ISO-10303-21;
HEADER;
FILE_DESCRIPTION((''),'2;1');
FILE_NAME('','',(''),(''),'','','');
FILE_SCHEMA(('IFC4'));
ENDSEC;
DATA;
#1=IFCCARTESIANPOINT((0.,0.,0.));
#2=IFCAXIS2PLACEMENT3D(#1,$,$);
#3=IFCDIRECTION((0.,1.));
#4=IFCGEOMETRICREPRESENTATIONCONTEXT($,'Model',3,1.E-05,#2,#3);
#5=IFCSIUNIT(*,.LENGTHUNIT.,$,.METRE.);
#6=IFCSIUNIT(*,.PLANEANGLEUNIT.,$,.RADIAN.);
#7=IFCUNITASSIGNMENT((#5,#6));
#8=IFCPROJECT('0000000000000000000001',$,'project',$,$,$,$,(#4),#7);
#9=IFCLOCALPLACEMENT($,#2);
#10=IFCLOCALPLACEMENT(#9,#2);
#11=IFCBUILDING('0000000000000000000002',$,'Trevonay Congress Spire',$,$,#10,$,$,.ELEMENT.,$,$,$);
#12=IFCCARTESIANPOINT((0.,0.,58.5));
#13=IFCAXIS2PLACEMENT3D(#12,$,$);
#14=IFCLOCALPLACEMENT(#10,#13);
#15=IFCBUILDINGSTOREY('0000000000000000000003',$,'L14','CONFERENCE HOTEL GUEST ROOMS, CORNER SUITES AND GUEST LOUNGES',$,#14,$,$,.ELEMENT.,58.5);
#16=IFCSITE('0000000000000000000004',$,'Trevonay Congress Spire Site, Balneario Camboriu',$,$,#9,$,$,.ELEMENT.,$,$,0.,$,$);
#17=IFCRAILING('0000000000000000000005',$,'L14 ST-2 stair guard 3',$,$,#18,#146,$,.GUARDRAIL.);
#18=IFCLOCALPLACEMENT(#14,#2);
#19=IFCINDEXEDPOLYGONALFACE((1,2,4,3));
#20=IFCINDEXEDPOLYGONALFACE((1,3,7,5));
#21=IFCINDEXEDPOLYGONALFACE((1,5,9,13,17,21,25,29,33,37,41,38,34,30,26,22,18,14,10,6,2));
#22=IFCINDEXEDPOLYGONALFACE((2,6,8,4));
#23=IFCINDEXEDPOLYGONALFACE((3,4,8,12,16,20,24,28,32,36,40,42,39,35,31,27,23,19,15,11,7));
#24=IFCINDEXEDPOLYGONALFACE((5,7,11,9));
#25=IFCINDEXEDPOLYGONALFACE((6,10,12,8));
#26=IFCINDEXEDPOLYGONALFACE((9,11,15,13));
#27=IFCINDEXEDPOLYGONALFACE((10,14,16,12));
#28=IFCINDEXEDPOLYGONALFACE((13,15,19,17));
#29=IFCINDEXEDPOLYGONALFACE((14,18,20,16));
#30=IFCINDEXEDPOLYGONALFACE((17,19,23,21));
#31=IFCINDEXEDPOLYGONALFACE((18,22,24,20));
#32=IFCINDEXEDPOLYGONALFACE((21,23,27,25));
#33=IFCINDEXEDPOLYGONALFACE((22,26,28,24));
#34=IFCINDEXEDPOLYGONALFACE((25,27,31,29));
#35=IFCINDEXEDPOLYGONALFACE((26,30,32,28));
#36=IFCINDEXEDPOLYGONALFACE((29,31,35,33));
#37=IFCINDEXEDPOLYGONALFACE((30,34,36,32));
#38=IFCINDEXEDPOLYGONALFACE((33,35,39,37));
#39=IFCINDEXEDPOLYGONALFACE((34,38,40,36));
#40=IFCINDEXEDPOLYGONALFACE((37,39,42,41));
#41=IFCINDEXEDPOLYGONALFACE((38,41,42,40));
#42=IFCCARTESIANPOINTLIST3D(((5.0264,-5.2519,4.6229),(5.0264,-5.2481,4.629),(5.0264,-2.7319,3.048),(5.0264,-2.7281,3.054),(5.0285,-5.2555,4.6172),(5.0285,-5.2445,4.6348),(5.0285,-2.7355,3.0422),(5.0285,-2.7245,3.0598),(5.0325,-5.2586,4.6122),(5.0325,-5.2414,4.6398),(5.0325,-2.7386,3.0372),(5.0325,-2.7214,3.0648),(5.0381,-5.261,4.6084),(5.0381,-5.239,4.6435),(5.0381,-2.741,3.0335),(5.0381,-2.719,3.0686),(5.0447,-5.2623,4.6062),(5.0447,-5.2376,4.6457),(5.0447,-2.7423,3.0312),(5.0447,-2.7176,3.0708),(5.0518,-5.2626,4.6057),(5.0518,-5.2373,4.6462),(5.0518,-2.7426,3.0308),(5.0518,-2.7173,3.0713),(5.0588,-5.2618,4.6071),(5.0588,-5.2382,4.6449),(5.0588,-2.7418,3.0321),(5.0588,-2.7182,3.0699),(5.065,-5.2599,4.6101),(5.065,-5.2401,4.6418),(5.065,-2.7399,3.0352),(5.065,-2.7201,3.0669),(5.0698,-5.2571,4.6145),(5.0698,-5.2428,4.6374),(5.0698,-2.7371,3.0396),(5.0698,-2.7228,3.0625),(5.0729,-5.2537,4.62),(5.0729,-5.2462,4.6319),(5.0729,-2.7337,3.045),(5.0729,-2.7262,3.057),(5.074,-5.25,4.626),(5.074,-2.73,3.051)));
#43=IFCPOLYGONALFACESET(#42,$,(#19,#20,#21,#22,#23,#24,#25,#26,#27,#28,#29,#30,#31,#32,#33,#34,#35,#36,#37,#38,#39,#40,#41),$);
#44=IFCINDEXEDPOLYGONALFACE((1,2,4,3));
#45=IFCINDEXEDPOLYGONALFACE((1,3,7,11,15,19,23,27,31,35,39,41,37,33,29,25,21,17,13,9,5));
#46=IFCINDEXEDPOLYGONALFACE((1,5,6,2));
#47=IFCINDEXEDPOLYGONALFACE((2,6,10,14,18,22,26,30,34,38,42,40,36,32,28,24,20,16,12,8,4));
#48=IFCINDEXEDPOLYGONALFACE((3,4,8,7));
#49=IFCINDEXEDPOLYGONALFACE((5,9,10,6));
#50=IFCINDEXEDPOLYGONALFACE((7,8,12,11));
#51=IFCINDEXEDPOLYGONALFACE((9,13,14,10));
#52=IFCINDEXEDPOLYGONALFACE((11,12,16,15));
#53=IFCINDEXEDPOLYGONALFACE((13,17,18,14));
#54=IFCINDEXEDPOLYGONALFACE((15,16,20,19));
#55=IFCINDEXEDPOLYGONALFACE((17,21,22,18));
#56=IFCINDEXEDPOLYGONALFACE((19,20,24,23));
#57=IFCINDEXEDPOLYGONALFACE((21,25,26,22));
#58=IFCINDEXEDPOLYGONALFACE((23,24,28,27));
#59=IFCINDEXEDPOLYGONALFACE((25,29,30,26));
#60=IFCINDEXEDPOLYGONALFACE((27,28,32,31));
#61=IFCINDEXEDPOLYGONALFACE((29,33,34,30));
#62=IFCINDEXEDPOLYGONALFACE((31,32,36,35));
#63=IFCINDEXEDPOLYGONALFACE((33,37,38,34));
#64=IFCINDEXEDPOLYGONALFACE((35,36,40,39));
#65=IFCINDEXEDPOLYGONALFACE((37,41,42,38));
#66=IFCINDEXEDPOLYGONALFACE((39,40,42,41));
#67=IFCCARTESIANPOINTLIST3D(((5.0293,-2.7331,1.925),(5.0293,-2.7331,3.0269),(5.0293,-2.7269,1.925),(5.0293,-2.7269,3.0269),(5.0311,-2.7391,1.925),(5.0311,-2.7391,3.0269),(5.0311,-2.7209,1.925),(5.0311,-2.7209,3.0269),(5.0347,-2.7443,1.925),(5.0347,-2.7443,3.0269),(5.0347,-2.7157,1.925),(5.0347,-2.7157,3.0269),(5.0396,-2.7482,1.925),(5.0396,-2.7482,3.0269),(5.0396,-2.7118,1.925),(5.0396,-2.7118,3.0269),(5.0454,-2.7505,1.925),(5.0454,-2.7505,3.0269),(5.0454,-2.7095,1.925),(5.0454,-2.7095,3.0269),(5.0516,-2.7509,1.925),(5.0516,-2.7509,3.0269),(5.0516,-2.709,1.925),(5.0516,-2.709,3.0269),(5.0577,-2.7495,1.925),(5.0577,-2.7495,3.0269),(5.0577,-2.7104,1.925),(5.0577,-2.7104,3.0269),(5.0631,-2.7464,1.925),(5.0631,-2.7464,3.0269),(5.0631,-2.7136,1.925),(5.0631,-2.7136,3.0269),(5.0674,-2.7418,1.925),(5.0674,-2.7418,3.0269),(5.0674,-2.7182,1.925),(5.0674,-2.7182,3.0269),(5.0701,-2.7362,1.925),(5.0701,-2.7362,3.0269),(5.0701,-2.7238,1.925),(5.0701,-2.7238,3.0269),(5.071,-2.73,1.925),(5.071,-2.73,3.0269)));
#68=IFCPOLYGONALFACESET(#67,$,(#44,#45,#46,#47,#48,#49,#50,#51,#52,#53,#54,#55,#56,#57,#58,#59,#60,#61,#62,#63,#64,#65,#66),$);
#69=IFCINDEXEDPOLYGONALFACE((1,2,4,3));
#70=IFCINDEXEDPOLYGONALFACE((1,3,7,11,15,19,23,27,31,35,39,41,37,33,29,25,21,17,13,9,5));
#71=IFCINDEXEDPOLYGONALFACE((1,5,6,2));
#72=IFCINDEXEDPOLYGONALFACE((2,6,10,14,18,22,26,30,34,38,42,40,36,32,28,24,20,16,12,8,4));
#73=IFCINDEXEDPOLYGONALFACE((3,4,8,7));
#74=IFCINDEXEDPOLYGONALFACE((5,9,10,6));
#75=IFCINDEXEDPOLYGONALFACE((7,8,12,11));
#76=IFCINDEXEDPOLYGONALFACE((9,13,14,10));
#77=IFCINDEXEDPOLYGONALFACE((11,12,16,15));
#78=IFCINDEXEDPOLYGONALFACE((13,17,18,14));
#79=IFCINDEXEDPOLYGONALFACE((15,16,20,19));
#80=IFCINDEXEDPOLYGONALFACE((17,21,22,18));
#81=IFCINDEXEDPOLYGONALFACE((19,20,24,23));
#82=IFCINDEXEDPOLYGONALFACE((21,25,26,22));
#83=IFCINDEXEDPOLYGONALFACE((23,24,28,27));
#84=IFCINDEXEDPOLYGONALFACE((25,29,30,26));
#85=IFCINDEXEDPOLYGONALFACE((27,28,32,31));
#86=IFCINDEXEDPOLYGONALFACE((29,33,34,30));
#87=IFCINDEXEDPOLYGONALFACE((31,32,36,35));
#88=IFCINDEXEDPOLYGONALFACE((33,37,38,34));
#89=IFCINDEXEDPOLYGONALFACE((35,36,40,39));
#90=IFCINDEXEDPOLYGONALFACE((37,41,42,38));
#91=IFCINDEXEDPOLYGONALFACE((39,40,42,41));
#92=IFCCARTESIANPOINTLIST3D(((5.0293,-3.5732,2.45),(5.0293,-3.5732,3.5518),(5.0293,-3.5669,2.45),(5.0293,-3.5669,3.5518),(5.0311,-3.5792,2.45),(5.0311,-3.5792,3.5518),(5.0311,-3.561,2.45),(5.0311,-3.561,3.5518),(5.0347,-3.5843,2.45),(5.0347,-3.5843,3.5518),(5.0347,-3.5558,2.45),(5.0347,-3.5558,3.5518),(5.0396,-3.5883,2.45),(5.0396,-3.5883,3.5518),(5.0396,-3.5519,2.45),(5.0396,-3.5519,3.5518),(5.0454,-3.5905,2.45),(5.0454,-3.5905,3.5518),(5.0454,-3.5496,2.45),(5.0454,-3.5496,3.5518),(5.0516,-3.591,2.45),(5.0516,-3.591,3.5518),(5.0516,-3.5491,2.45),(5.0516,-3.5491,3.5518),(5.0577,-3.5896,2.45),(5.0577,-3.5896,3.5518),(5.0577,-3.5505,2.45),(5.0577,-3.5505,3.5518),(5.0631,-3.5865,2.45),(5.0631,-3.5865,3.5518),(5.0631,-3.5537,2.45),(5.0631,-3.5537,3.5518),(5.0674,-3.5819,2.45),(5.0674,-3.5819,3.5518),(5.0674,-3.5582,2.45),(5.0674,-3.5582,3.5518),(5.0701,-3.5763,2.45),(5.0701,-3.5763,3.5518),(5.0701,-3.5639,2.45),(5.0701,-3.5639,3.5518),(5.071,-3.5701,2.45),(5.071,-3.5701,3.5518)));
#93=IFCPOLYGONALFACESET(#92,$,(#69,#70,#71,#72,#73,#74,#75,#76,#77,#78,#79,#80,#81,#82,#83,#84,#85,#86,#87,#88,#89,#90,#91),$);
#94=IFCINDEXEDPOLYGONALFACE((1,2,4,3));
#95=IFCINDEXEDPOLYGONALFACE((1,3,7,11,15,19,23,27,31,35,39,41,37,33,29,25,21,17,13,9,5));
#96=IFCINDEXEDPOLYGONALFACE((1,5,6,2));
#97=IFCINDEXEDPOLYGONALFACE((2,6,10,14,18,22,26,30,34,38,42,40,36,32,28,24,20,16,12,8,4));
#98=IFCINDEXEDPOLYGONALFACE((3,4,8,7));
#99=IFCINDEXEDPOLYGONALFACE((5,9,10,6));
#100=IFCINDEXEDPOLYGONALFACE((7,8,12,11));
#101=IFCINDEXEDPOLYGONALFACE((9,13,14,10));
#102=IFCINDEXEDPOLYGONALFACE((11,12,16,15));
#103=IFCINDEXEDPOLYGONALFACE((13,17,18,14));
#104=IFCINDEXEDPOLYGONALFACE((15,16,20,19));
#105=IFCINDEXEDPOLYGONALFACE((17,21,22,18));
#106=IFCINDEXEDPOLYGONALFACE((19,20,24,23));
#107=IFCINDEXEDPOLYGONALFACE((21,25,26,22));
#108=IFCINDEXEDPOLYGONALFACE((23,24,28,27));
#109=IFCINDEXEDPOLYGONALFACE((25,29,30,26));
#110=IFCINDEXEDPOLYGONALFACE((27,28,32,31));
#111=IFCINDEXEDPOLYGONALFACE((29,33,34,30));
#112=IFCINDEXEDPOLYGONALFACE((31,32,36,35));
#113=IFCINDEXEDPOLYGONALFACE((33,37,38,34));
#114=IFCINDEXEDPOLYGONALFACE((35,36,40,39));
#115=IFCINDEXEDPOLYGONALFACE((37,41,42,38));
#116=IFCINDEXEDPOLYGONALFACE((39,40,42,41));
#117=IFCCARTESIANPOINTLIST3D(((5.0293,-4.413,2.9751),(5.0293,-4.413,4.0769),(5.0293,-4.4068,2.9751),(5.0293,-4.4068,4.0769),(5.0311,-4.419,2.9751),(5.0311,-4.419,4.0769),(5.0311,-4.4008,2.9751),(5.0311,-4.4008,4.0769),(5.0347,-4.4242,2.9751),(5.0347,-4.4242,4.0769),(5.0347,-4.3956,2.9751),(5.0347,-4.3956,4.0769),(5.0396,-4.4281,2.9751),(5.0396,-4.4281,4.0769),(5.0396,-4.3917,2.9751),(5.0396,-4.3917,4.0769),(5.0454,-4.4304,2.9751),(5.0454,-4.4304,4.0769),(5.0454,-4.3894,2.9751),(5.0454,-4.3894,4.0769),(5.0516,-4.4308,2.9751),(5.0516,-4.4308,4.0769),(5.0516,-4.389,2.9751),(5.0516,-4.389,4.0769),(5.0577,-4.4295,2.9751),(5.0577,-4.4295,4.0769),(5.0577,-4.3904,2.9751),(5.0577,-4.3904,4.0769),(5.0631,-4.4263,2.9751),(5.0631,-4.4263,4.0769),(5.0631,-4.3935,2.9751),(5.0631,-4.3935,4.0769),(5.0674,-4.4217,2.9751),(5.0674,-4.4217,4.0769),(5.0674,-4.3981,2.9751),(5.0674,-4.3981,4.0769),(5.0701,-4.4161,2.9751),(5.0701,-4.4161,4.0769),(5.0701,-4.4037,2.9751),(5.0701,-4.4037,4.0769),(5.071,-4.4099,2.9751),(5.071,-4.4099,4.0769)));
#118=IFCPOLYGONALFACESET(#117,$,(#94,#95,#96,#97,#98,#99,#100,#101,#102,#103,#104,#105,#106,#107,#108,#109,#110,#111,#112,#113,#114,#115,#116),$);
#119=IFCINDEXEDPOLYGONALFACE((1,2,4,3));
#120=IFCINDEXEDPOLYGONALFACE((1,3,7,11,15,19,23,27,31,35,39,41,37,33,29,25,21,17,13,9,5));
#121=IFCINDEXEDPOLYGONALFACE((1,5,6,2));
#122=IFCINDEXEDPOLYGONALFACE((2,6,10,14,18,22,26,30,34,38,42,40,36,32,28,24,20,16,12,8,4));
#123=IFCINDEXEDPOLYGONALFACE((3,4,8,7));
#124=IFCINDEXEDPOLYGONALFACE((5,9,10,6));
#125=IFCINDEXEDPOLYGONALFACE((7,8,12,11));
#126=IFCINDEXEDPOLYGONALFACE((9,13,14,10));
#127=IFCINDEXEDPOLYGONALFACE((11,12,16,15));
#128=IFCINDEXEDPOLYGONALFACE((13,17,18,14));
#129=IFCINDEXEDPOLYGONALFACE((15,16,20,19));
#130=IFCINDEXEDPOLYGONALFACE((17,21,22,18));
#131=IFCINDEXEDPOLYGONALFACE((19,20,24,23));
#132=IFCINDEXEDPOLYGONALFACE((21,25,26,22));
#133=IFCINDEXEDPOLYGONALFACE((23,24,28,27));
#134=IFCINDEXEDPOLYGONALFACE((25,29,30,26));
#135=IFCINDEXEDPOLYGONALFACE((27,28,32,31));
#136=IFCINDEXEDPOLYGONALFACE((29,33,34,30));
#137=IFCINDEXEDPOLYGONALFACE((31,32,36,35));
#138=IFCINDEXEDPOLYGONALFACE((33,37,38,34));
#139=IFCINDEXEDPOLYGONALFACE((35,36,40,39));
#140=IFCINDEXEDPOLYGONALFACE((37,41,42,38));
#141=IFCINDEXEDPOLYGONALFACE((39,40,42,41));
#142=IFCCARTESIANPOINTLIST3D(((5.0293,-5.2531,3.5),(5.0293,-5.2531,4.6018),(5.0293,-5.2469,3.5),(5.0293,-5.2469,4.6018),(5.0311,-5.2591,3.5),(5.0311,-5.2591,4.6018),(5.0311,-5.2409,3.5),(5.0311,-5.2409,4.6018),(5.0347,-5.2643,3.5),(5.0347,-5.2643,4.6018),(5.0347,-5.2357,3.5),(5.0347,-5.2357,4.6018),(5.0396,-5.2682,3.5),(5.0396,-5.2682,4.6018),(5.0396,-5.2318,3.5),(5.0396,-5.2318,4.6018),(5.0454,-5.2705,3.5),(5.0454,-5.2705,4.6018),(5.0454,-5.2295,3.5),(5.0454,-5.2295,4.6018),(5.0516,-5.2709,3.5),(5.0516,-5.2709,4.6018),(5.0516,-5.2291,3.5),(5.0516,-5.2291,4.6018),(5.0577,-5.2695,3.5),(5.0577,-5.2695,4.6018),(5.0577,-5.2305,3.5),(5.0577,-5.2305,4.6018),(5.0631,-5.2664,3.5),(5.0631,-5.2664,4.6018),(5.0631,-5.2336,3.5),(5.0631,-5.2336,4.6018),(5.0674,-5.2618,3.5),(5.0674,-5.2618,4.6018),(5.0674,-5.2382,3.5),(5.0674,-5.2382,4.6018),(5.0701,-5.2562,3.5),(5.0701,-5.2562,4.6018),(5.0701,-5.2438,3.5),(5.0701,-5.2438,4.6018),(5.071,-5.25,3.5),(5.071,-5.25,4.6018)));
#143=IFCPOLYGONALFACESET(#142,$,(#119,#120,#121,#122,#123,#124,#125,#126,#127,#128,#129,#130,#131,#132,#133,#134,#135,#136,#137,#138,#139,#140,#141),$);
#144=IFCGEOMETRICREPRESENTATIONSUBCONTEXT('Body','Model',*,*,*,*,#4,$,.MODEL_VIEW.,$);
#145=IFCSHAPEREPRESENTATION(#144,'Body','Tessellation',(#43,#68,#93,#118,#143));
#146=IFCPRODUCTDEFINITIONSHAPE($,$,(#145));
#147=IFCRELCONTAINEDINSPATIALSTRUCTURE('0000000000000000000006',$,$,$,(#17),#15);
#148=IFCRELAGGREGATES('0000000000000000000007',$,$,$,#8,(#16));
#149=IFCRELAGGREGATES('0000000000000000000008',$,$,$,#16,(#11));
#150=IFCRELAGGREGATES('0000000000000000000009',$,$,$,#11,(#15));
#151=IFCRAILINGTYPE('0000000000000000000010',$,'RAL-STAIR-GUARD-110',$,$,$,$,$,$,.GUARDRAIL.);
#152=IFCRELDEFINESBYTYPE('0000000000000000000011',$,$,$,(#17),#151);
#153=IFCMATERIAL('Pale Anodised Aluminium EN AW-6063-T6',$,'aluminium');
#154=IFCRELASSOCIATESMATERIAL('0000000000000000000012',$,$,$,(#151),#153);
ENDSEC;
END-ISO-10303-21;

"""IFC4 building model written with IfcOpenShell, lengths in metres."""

from ifc_helpers import new_model, si_unit, direction, frame, origin, origin_2d, place, context, subcontext, project, spatial, circle, extrude, material, type_object, element, save


model = new_model("IFC4")

# Units and contexts
model_context = context("Model", 3, precision=1e-05, world=origin(), true_north=direction((0.0, 1.0)))
body_context = subcontext(model_context, "Body", "Model", "MODEL_VIEW")
ifc_project = project(units=[si_unit("LENGTHUNIT", "METRE"), si_unit("PLANEANGLEUNIT", "RADIAN")], contexts=[model_context])

# Site, building, storey
site_placement = place(None, origin())
site = spatial("IfcSite", under=ifc_project, at=site_placement, Name="Trevonay Congress Spire Site, Balneario Camboriu", CompositionType="ELEMENT", RefElevation=0.0)
building_placement = place(site_placement, origin())
building = spatial("IfcBuilding", under=site, at=building_placement, Name="Trevonay Congress Spire", CompositionType="ELEMENT")
storey_placement = place(building_placement, frame((0.0, 0.0, 58.5)))
storey = spatial("IfcBuildingStorey", under=building, at=storey_placement, Name="L14", Description="CONFERENCE HOTEL GUEST ROOMS, CORNER SUITES AND GUEST LOUNGES", CompositionType="ELEMENT", Elevation=58.5)

# Railing
ifc_material_1 = material(Name="Pale Anodised Aluminium EN AW-6063-T6", Category="aluminium")
railing_type_1 = type_object("IfcRailingType", Name="RAL-STAIR-GUARD-110", PredefinedType="GUARDRAIL", material=ifc_material_1)
railing_1_placement = place(storey_placement, frame((5.05, -2.73, 1.925)))
element("IfcRailing", 1, at=railing_1_placement, inside=storey, type_object=railing_type_1, Name="L14 ST-2 stair guard 3", PredefinedType="GUARDRAIL", context=body_context, shape_type="SweptSolid", body=[
    extrude(circle(Radius=0.0239, at=origin_2d()), frame((0.0, 0.0, 1.126), z_axis=(0.0, -0.848008, 0.529984), x_axis=(1.0, 0.0, 0.0)), (0.0, 0.0, 1.0), 2.9717),
    extrude(circle(Radius=0.021, at=origin_2d()), origin(), (0.0, 0.0, 1.0), 1.1018),
    extrude(circle(Radius=0.021, at=origin_2d()), frame((0.0, -0.8401, 0.5249)), (0.0, 0.0, 1.0), 1.1018),
    extrude(circle(Radius=0.021, at=origin_2d()), frame((0.0, -1.6799, 1.05)), (0.0, 0.0, 1.0), 1.1018),
    extrude(circle(Radius=0.021, at=origin_2d()), frame((0.0, -2.52, 1.575)), (0.0, 0.0, 1.0), 1.1018),
])

save(model, "model.ifc")
